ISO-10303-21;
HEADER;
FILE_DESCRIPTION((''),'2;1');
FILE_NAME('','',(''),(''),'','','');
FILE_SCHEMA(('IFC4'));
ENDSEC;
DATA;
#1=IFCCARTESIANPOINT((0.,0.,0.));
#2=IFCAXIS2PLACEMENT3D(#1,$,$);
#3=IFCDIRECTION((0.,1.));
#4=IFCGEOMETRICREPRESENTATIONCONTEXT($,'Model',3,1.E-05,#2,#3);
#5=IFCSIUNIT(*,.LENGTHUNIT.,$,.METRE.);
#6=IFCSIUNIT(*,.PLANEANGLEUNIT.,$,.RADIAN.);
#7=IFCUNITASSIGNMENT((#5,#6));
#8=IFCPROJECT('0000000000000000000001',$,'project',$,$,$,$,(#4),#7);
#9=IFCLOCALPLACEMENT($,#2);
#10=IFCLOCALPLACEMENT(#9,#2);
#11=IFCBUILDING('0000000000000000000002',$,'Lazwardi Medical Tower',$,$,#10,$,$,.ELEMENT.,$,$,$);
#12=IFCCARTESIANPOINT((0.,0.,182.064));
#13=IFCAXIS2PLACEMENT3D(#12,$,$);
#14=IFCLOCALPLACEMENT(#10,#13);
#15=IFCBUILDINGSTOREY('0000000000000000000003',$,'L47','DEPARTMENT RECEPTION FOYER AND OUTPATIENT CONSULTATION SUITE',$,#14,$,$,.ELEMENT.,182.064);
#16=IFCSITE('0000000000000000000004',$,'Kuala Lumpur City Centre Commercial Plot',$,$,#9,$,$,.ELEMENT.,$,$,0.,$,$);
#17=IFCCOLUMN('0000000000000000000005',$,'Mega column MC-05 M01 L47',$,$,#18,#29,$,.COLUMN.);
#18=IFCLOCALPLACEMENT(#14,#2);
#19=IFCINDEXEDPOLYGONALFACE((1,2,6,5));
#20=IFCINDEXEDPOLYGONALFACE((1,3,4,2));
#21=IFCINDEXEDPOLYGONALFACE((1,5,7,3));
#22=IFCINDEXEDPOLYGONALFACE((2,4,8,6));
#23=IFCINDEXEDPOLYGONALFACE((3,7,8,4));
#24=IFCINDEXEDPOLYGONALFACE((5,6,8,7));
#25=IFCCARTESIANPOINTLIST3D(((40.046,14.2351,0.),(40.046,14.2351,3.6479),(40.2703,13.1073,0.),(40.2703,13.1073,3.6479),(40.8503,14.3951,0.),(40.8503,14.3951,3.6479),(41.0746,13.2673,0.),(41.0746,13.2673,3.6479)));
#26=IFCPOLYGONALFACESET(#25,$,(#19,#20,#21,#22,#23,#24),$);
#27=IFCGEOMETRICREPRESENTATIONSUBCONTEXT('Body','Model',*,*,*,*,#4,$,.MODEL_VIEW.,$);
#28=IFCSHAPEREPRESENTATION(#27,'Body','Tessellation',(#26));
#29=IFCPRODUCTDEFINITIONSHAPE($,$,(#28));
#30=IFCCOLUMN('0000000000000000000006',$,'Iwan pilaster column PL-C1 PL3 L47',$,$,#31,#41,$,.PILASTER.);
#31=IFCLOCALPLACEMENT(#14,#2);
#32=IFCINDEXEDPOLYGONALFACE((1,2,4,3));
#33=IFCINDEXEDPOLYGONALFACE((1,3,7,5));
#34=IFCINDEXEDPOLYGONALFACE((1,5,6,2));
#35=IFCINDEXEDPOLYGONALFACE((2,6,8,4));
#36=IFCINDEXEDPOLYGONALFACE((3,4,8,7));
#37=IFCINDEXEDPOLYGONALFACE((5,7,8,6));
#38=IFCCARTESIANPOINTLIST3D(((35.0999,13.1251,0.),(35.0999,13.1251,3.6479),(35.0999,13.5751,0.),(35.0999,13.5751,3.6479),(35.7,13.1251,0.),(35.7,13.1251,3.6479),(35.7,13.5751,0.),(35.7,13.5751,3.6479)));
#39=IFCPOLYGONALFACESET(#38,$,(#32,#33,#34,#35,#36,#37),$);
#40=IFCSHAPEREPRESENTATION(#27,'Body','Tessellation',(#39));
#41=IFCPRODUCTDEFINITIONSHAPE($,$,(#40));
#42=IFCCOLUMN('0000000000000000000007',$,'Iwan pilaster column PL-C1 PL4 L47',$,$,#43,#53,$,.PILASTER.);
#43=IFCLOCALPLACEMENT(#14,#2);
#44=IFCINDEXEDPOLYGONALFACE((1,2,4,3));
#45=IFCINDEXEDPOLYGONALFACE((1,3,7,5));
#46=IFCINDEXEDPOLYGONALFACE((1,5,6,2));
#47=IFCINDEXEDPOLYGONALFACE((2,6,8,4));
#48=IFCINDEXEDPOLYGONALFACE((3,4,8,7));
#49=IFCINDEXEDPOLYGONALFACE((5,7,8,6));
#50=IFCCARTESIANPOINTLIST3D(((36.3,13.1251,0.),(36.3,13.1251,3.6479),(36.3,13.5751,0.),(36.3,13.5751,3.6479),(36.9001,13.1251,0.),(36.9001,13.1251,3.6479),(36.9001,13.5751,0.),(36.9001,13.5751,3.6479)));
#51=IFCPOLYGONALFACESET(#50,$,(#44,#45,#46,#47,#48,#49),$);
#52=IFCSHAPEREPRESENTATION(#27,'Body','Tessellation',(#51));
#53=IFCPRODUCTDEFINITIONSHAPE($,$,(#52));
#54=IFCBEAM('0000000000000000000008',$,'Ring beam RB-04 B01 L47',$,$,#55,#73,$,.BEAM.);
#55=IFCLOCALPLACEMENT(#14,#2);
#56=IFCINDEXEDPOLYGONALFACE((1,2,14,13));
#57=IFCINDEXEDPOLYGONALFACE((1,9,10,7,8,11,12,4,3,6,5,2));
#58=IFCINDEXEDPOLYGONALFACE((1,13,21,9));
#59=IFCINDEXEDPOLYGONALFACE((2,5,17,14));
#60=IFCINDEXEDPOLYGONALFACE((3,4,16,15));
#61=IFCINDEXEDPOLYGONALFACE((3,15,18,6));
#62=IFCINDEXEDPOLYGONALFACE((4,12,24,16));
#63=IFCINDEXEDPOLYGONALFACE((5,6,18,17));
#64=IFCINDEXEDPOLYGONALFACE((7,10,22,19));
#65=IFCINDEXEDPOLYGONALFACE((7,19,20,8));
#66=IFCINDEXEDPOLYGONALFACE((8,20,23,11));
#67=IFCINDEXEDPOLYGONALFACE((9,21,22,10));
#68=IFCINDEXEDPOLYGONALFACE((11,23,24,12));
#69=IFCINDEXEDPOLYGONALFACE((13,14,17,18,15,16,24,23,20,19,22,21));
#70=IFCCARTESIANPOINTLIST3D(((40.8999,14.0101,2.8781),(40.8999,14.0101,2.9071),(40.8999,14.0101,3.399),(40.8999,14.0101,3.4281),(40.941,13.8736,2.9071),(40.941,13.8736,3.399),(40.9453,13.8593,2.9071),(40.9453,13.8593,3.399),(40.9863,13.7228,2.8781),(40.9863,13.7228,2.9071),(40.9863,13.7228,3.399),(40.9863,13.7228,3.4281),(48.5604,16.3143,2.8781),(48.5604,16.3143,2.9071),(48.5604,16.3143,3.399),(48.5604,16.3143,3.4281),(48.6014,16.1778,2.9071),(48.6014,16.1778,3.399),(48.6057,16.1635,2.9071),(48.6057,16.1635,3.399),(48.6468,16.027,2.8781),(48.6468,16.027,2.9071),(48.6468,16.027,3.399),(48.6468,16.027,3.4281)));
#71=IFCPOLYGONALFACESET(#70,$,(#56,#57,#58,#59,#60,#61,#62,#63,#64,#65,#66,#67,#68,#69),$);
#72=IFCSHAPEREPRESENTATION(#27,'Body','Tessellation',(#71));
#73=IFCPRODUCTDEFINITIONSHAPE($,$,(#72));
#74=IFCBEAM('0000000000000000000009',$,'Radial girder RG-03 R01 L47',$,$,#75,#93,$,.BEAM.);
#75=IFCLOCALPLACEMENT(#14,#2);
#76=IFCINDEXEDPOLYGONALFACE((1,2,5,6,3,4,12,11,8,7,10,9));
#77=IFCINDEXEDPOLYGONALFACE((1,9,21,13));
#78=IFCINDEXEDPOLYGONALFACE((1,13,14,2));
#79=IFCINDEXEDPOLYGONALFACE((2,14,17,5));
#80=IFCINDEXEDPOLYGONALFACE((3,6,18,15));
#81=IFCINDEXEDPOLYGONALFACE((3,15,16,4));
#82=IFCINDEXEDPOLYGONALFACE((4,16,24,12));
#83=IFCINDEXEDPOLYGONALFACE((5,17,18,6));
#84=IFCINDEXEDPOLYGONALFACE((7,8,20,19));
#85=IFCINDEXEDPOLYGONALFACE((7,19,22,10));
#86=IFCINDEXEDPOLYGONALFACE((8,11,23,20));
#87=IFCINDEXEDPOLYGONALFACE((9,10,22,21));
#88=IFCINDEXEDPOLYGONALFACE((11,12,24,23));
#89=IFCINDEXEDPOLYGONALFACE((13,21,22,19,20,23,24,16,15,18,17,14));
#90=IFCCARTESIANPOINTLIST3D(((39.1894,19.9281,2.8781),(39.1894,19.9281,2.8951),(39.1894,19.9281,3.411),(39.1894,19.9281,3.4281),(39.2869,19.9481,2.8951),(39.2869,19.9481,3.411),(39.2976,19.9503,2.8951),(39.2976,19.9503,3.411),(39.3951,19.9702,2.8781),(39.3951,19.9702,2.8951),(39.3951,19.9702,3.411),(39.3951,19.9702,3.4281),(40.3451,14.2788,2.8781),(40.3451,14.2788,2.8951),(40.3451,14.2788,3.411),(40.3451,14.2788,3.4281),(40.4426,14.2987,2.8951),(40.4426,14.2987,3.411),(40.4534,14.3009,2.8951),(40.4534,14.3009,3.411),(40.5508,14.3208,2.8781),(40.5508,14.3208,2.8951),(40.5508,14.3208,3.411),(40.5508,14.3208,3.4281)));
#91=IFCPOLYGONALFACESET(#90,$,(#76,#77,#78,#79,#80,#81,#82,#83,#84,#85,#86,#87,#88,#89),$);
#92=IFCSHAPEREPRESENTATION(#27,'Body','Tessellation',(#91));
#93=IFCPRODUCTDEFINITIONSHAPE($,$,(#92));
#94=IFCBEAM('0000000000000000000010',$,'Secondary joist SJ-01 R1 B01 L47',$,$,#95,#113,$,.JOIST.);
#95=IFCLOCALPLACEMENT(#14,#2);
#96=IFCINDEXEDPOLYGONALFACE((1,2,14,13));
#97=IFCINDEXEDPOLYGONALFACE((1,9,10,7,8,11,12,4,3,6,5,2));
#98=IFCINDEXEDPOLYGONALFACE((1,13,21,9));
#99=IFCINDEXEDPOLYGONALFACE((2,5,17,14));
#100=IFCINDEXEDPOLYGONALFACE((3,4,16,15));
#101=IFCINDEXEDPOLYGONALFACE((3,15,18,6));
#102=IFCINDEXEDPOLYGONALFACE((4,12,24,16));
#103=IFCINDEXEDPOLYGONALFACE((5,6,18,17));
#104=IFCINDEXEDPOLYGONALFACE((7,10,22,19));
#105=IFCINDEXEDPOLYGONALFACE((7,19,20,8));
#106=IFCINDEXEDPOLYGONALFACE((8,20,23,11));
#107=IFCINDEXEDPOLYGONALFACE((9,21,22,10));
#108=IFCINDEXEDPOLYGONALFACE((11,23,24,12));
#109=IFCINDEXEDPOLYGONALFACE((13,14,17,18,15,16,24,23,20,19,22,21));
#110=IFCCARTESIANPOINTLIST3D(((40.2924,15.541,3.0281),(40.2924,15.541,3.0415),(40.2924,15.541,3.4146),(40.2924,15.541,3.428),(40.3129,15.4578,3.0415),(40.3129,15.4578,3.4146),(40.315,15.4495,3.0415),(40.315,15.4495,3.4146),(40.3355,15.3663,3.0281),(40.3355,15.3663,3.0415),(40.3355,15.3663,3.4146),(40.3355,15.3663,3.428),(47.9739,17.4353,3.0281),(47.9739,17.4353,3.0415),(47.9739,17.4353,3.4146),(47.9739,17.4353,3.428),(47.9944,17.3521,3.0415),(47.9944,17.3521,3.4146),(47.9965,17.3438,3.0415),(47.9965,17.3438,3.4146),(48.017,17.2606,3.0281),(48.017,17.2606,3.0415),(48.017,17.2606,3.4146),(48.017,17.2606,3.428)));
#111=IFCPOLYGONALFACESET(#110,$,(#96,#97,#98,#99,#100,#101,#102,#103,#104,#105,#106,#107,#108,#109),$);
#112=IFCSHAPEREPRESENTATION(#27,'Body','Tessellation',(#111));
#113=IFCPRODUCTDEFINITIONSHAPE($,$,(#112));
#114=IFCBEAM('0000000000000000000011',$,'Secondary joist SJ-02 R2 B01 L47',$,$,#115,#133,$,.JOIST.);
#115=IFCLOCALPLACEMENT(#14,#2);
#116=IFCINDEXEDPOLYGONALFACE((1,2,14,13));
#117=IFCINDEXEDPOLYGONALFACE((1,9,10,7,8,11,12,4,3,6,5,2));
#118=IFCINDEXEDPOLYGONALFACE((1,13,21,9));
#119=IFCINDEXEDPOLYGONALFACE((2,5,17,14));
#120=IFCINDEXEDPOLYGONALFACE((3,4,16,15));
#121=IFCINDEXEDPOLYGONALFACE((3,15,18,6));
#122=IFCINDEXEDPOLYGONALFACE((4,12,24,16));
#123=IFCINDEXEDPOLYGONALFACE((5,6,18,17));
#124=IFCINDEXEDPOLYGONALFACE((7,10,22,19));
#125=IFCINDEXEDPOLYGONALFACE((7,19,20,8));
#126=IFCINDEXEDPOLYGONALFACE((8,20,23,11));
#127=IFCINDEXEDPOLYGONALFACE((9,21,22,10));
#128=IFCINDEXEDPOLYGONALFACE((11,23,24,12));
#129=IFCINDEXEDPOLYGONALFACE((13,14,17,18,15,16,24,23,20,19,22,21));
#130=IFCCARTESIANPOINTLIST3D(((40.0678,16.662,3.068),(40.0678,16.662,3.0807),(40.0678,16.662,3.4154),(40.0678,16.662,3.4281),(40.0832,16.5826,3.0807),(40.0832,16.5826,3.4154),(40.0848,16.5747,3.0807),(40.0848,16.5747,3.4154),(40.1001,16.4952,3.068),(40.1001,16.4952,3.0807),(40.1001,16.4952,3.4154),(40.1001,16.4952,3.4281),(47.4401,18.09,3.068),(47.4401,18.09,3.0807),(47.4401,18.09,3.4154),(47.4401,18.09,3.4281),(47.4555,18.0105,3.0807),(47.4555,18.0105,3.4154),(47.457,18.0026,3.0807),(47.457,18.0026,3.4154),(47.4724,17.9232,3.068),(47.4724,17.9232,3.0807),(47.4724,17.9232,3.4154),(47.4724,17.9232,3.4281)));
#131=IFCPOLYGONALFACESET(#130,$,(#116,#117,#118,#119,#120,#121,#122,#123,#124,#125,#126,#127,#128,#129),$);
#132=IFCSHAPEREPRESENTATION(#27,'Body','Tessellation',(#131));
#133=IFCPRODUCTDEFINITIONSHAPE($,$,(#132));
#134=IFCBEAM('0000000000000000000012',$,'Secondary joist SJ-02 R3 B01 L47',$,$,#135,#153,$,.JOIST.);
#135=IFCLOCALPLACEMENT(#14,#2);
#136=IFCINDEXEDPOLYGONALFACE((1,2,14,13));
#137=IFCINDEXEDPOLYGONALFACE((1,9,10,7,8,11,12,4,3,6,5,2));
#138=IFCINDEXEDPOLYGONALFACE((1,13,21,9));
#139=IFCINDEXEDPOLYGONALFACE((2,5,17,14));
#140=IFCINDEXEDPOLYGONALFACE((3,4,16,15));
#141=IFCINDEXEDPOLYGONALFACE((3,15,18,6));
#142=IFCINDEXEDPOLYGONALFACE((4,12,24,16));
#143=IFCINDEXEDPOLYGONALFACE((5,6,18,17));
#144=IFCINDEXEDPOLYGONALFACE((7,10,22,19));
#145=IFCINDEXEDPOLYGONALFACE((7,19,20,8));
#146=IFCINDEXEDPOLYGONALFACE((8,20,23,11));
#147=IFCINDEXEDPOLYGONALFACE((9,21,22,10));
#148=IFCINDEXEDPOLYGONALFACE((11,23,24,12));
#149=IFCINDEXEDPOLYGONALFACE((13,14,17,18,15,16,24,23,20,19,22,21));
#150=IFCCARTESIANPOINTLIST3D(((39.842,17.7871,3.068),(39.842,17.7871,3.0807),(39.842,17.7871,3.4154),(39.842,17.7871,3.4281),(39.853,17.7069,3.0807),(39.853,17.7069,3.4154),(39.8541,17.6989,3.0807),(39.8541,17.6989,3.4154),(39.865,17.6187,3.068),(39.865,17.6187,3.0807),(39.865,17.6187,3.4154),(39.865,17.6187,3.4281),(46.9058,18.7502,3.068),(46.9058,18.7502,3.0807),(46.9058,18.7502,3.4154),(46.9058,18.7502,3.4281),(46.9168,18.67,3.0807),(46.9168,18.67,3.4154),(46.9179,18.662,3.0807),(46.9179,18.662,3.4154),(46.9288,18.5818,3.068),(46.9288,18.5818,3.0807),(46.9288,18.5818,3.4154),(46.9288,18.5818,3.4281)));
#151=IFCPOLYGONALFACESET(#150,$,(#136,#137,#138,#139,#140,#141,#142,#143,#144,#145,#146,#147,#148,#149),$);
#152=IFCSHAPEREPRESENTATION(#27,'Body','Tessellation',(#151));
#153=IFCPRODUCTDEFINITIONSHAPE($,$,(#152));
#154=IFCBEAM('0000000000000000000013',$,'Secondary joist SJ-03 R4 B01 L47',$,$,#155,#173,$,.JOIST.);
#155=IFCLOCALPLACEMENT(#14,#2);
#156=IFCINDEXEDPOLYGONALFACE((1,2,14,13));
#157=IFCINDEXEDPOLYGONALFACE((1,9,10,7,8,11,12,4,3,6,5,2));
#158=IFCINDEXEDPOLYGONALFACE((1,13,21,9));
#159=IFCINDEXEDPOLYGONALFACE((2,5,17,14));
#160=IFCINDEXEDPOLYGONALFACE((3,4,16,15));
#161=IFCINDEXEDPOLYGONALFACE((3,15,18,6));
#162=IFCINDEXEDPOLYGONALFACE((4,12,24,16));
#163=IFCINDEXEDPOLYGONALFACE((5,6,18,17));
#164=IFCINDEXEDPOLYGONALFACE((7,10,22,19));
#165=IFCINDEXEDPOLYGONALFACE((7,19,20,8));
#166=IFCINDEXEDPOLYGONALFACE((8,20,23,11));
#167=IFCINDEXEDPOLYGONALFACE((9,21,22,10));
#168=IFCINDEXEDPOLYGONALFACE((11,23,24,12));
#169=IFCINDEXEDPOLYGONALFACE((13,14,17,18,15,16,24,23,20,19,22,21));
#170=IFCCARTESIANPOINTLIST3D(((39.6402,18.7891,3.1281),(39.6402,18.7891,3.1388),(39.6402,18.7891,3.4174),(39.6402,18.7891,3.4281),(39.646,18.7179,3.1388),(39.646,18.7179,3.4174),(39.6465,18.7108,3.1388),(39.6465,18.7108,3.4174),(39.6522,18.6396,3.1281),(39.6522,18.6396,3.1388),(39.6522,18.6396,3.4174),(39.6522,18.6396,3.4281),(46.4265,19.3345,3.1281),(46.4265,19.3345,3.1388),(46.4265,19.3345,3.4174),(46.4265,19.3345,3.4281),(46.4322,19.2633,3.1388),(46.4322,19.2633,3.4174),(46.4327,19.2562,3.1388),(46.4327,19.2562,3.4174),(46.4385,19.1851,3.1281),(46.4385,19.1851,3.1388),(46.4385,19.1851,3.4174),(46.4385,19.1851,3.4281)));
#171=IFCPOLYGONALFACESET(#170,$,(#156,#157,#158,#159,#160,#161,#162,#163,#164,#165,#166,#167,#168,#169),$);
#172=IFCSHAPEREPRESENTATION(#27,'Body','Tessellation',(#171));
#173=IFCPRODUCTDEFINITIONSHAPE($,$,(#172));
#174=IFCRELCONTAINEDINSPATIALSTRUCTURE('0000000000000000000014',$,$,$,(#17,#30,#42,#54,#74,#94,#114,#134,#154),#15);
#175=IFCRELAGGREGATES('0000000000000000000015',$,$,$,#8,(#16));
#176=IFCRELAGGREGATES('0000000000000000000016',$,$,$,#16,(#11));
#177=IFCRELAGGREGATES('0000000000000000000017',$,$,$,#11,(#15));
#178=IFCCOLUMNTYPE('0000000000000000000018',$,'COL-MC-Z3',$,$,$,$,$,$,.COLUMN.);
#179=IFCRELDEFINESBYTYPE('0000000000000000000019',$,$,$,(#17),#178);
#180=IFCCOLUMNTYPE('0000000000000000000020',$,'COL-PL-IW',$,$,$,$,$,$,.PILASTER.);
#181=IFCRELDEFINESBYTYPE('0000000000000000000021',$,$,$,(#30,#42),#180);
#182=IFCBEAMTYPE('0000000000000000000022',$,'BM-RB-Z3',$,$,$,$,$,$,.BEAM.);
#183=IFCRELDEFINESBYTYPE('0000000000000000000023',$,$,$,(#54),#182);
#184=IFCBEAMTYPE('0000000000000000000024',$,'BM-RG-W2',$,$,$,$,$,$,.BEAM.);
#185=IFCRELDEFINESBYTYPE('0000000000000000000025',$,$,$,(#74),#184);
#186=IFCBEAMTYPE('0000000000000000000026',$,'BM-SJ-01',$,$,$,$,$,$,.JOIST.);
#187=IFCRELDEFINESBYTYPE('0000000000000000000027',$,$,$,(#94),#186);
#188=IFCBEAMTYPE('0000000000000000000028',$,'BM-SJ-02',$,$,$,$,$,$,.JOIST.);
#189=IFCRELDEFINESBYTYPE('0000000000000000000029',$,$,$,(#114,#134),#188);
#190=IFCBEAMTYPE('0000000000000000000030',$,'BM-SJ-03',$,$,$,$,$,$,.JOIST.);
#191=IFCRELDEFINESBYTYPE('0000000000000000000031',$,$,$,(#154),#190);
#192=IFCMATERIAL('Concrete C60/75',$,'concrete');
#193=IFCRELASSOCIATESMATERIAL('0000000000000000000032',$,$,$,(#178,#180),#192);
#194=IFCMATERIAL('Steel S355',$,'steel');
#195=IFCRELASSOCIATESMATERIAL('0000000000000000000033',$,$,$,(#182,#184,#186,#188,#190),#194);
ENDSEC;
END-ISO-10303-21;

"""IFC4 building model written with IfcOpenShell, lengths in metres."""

from ifc_helpers import new_model, si_unit, direction, frame, origin, origin_2d, place, context, subcontext, project, spatial, rectangle, i_section, extrude, material, material_profile, profile_set, type_object, element, save


model = new_model("IFC4")

# Units and contexts
model_context = context("Model", 3, precision=1e-05, world=origin(), true_north=direction((0.0, 1.0)))
body_context = subcontext(model_context, "Body", "Model", "MODEL_VIEW")
ifc_project = project(units=[si_unit("LENGTHUNIT", "METRE"), si_unit("PLANEANGLEUNIT", "RADIAN")], contexts=[model_context])

# Site, building, storey
site_placement = place(None, origin())
site = spatial("IfcSite", under=ifc_project, at=site_placement, Name="Kuala Lumpur City Centre Commercial Plot", CompositionType="ELEMENT", RefElevation=0.0)
building_placement = place(site_placement, origin())
building = spatial("IfcBuilding", under=site, at=building_placement, Name="Lazwardi Medical Tower", CompositionType="ELEMENT")
storey_placement = place(building_placement, frame((0.0, 0.0, 182.064)))
storey = spatial("IfcBuildingStorey", under=building, at=storey_placement, Name="L47", Description="DEPARTMENT RECEPTION FOYER AND OUTPATIENT CONSULTATION SUITE", CompositionType="ELEMENT", Elevation=182.064)

# Columns
ifc_material_1 = material(Name="Concrete C60/75", Category="concrete")
ifc_material_profile_1 = material_profile(ifc_material_1, rectangle(XDim=1.1499, YDim=0.8201, at=origin_2d()), Name="CFT-RECT 1150x820")
ifc_profile_set_1 = profile_set([ifc_material_profile_1], Name="Concrete C60/75")
column_type_1 = type_object("IfcColumnType", Name="COL-MC-Z3", PredefinedType="COLUMN", material=ifc_profile_set_1)
column_placement = place(storey_placement, frame((40.5603, 13.7512, 0.0), z_axis=(0.0, 0.0, 1.0), x_axis=(0.19509, -0.980785, 0.0)))
element("IfcColumn", 1, at=column_placement, inside=storey, type_object=column_type_1, Name="Mega column MC-05 M01 L47", PredefinedType="COLUMN", context=body_context, shape_type="SweptSolid", body=[
    extrude(rectangle(XDim=1.1499, YDim=0.8201, at=origin_2d()), origin(), (0.0, 0.0, 1.0), 3.6479),
])
ifc_material_profile_2 = material_profile(ifc_material_1, rectangle(XDim=0.6001, YDim=0.45, at=origin_2d()), Name="RC 600x450")
ifc_profile_set_2 = profile_set([ifc_material_profile_2], Name="Concrete C60/75")
column_type_2 = type_object("IfcColumnType", Name="COL-PL-IW", PredefinedType="PILASTER", material=ifc_profile_set_2)
for number, where, z_axis, x_axis, name in (
    (2, (35.3999, 13.3501, 0.0), (0.0, 0.0, 1.0), (1.0, 0.0, 0.0), "Iwan pilaster column PL-C1 PL3 L47"),
    (3, (36.6001, 13.3501, 0.0), (0.0, 0.0, 1.0), (1.0, 0.0, 0.0), "Iwan pilaster column PL-C1 PL4 L47"),
):
    element("IfcColumn", number, at=place(storey_placement, frame(where, z_axis=z_axis, x_axis=x_axis)), inside=storey, type_object=column_type_2, Name=name, PredefinedType="PILASTER", context=body_context, shape_type="SweptSolid", body=[
        extrude(rectangle(XDim=0.6001, YDim=0.45, at=origin_2d()), origin(), (0.0, 0.0, 1.0), 3.6479),
    ])

# Beams
ifc_material_2 = material(Name="Steel S355", Category="steel")
ifc_material_profile_3 = material_profile(ifc_material_2, i_section(OverallWidth=0.3, OverallDepth=0.55, WebThickness=0.0149, FlangeThickness=0.0291, at=origin_2d()), Name="HEB 550")
ifc_profile_set_3 = profile_set([ifc_material_profile_3], Name="Steel S355")
beam_type_1 = type_object("IfcBeamType", Name="BM-RB-Z3", PredefinedType="BEAM", material=ifc_profile_set_3)
beam_1_placement = place(storey_placement, frame((40.9431, 13.8665, 3.1531), z_axis=(0.957617, 0.288045, 0.0), x_axis=(-0.288045, 0.957617, 0.0)))
element("IfcBeam", 4, at=beam_1_placement, inside=storey, type_object=beam_type_1, Name="Ring beam RB-04 B01 L47", PredefinedType="BEAM", context=body_context, shape_type="SweptSolid", body=[
    extrude(i_section(OverallWidth=0.3, OverallDepth=0.55, WebThickness=0.0149, FlangeThickness=0.0291, at=origin_2d()), origin(), (0.0, 0.0, 1.0), 7.9995),
])
ifc_material_profile_4 = material_profile(ifc_material_2, i_section(OverallWidth=0.21, OverallDepth=0.55, WebThickness=0.011, FlangeThickness=0.0171, at=origin_2d()), Name="IPE 550")
ifc_profile_set_4 = profile_set([ifc_material_profile_4], Name="Steel S355")
beam_type_2 = type_object("IfcBeamType", Name="BM-RG-W2", PredefinedType="BEAM", material=ifc_profile_set_4)
beam_2_placement = place(storey_placement, frame((40.448, 14.2998, 3.1531), z_axis=(-0.200429, 0.979708, 0.0), x_axis=(-0.979708, -0.200429, 0.0)))
element("IfcBeam", 5, at=beam_2_placement, inside=storey, type_object=beam_type_2, Name="Radial girder RG-03 R01 L47", PredefinedType="BEAM", context=body_context, shape_type="SweptSolid", body=[
    extrude(i_section(OverallWidth=0.21, OverallDepth=0.55, WebThickness=0.011, FlangeThickness=0.0171, at=origin_2d()), origin(), (0.0, 0.0, 1.0), 5.7664),
])
ifc_material_profile_5 = material_profile(ifc_material_2, i_section(OverallWidth=0.1799, OverallDepth=0.3999, WebThickness=0.0085, FlangeThickness=0.0134, at=origin_2d()), Name="IPE 400")
ifc_profile_set_5 = profile_set([ifc_material_profile_5], Name="Steel S355")
beam_type_3 = type_object("IfcBeamType", Name="BM-SJ-01", PredefinedType="JOIST", material=ifc_profile_set_5)
beam_3_placement = place(storey_placement, frame((40.314, 15.4536, 3.228), z_axis=(0.970913, 0.239434, 0.0), x_axis=(-0.239434, 0.970913, 0.0)))
element("IfcBeam", 6, at=beam_3_placement, inside=storey, type_object=beam_type_3, Name="Secondary joist SJ-01 R1 B01 L47", PredefinedType="JOIST", context=body_context, shape_type="SweptSolid", body=[
    extrude(i_section(OverallWidth=0.1799, OverallDepth=0.3999, WebThickness=0.0085, FlangeThickness=0.0134, at=origin_2d()), origin(), (0.0, 0.0, 1.0), 7.9116),
])
ifc_material_profile_6 = material_profile(ifc_material_2, i_section(OverallWidth=0.1699, OverallDepth=0.3601, WebThickness=0.0081, FlangeThickness=0.0127, at=origin_2d()), Name="IPE 360")
ifc_profile_set_6 = profile_set([ifc_material_profile_6], Name="Steel S355")
beam_type_4 = type_object("IfcBeamType", Name="BM-SJ-02", PredefinedType="JOIST", material=ifc_profile_set_6)
beam_4_placement = place(storey_placement, frame((40.084, 16.5786, 3.248), z_axis=(0.981753, 0.19016, 0.0), x_axis=(-0.19016, 0.981753, 0.0)))
element("IfcBeam", 7, at=beam_4_placement, inside=storey, type_object=beam_type_4, Name="Secondary joist SJ-02 R2 B01 L47", PredefinedType="JOIST", context=body_context, shape_type="SweptSolid", body=[
    extrude(i_section(OverallWidth=0.1699, OverallDepth=0.3601, WebThickness=0.0081, FlangeThickness=0.0127, at=origin_2d()), origin(), (0.0, 0.0, 1.0), 7.5093),
])
beam_5_placement = place(storey_placement, frame((39.8535, 17.7029, 3.248), z_axis=(0.990832, 0.135099, 0.0), x_axis=(-0.135099, 0.990832, 0.0)))
element("IfcBeam", 8, at=beam_5_placement, inside=storey, type_object=beam_type_4, Name="Secondary joist SJ-02 R3 B01 L47", PredefinedType="JOIST", context=body_context, shape_type="SweptSolid", body=[
    extrude(i_section(OverallWidth=0.1699, OverallDepth=0.3601, WebThickness=0.0081, FlangeThickness=0.0127, at=origin_2d()), origin(), (0.0, 0.0, 1.0), 7.1292),
])
ifc_material_profile_7 = material_profile(ifc_material_2, i_section(OverallWidth=0.1499, OverallDepth=0.3, WebThickness=0.0071, FlangeThickness=0.0107, at=origin_2d()), Name="IPE 300")
ifc_profile_set_7 = profile_set([ifc_material_profile_7], Name="Steel S355")
beam_type_5 = type_object("IfcBeamType", Name="BM-SJ-03", PredefinedType="JOIST", material=ifc_profile_set_7)
beam_6_placement = place(storey_placement, frame((39.6462, 18.7144, 3.2781), z_axis=(0.996786, 0.080113, 0.0), x_axis=(-0.080113, 0.996786, 0.0)))
element("IfcBeam", 9, at=beam_6_placement, inside=storey, type_object=beam_type_5, Name="Secondary joist SJ-03 R4 B01 L47", PredefinedType="JOIST", context=body_context, shape_type="SweptSolid", body=[
    extrude(i_section(OverallWidth=0.1499, OverallDepth=0.3, WebThickness=0.0071, FlangeThickness=0.0107, at=origin_2d()), origin(), (0.0, 0.0, 1.0), 6.8081),
])

save(model, "model.ifc")
